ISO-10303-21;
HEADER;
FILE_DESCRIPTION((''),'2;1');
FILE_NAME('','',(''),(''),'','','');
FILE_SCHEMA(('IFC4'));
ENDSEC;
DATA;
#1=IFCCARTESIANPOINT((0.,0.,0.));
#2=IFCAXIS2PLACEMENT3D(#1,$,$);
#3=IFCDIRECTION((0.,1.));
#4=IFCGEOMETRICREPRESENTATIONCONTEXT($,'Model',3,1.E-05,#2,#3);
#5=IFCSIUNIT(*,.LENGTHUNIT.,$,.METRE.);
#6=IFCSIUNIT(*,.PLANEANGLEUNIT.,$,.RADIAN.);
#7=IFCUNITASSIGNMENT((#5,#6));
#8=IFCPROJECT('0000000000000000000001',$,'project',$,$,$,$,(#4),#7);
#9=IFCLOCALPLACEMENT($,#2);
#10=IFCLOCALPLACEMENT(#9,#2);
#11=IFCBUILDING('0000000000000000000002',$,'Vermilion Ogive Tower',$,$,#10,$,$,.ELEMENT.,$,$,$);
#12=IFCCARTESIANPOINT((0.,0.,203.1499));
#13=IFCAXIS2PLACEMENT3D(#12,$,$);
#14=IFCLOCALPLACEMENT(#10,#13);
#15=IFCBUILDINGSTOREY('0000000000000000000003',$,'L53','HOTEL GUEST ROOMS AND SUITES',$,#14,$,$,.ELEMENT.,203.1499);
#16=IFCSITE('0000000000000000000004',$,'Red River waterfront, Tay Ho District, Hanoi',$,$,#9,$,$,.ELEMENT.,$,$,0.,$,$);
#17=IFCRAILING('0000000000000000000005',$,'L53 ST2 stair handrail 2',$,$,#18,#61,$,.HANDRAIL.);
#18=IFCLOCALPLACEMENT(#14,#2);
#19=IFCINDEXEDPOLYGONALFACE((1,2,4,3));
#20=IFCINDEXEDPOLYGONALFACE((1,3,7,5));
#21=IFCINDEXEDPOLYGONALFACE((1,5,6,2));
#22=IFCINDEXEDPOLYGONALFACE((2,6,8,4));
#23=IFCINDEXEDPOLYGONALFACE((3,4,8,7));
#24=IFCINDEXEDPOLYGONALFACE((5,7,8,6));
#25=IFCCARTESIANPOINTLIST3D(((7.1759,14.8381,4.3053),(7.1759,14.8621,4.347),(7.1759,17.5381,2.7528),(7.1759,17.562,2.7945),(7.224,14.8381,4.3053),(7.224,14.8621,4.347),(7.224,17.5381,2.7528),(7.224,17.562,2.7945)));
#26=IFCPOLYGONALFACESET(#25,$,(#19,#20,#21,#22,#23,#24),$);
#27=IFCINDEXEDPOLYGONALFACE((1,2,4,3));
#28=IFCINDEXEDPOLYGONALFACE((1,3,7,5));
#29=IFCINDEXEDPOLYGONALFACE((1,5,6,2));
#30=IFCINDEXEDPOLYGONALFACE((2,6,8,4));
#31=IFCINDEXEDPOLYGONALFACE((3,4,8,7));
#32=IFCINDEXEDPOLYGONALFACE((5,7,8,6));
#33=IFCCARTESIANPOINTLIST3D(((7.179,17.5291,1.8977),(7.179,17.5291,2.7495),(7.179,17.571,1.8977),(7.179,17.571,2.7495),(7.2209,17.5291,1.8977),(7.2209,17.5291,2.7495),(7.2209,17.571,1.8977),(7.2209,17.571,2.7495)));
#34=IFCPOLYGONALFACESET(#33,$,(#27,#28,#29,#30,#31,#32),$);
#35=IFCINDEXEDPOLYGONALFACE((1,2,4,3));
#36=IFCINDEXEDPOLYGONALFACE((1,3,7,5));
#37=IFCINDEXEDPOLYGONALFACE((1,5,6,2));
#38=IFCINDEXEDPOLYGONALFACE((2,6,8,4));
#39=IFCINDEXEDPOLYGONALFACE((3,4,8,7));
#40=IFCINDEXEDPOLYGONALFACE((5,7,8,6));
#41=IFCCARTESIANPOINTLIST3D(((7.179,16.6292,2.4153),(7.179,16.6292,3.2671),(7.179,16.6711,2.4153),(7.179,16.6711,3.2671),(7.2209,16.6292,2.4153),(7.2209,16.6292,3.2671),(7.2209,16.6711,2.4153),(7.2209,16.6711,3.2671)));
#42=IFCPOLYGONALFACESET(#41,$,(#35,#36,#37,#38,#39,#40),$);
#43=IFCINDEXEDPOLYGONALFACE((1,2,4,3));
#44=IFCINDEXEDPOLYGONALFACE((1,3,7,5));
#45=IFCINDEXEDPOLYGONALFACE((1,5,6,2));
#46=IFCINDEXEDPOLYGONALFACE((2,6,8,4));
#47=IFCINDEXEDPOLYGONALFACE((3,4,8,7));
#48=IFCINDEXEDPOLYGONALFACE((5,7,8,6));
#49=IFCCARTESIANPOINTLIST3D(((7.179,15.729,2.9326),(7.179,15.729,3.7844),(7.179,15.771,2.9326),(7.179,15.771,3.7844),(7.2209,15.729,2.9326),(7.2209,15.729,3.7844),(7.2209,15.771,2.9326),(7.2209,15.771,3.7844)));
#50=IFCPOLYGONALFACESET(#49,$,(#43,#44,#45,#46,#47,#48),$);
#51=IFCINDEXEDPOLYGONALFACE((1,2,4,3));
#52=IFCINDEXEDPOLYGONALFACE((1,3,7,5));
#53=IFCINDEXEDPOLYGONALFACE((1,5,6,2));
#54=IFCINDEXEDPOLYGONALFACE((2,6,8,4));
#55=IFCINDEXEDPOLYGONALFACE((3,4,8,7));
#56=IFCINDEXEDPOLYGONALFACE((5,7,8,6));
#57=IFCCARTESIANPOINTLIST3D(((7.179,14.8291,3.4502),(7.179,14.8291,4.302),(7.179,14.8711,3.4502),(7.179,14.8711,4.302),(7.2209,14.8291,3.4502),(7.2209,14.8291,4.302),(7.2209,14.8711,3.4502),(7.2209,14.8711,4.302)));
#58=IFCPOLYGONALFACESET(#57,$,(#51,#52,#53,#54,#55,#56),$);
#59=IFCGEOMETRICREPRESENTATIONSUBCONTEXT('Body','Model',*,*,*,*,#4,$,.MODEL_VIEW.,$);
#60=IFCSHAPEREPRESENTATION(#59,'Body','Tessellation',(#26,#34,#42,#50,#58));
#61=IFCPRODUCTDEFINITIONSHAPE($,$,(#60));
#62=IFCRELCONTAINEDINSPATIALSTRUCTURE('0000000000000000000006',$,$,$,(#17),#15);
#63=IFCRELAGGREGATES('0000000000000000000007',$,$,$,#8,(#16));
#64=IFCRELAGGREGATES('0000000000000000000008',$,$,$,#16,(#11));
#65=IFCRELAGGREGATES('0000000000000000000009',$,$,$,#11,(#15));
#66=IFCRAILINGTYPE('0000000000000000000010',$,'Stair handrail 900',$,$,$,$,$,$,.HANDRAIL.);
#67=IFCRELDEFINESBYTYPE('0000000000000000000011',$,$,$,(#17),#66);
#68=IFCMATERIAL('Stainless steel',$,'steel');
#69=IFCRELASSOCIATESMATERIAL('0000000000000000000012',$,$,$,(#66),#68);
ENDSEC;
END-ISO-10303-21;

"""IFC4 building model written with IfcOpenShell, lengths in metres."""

from ifc_helpers import new_model, si_unit, direction, frame, origin, origin_2d, place, context, subcontext, project, spatial, rectangle, extrude, material, type_object, element, save


model = new_model("IFC4")

# Units and contexts
model_context = context("Model", 3, precision=1e-05, world=origin(), true_north=direction((0.0, 1.0)))
body_context = subcontext(model_context, "Body", "Model", "MODEL_VIEW")
ifc_project = project(units=[si_unit("LENGTHUNIT", "METRE"), si_unit("PLANEANGLEUNIT", "RADIAN")], contexts=[model_context])

# Site, building, storey
site_placement = place(None, origin())
site = spatial("IfcSite", under=ifc_project, at=site_placement, Name="Red River waterfront, Tay Ho District, Hanoi", CompositionType="ELEMENT", RefElevation=0.0)
building_placement = place(site_placement, origin())
building = spatial("IfcBuilding", under=site, at=building_placement, Name="Vermilion Ogive Tower", CompositionType="ELEMENT")
storey_placement = place(building_placement, frame((0.0, 0.0, 203.1499)))
storey = spatial("IfcBuildingStorey", under=building, at=storey_placement, Name="L53", Description="HOTEL GUEST ROOMS AND SUITES", CompositionType="ELEMENT", Elevation=203.1499)

# Railing
ifc_material_1 = material(Name="Stainless steel", Category="steel")
railing_type_1 = type_object("IfcRailingType", Name="Stair handrail 900", PredefinedType="HANDRAIL", material=ifc_material_1)
railing_1_placement = place(storey_placement, frame((7.2, 17.55, 1.8977)))
element("IfcRailing", 1, at=railing_1_placement, inside=storey, type_object=railing_type_1, Name="L53 ST2 stair handrail 2", PredefinedType="HANDRAIL", context=body_context, shape_type="SweptSolid", body=[
    extrude(rectangle(XDim=0.0481, YDim=0.0481, at=origin_2d()), frame((0.0, 0.0, 0.876), z_axis=(0.0, -0.866904, 0.498476), x_axis=(1.0, 0.0, 0.0)), (0.0, 0.0, 1.0), 3.1145),
    extrude(rectangle(XDim=0.042, YDim=0.042, at=origin_2d()), origin(), (0.0, 0.0, 1.0), 0.8518),
    extrude(rectangle(XDim=0.042, YDim=0.042, at=origin_2d()), frame((0.0, -0.8999, 0.5176)), (0.0, 0.0, 1.0), 0.8518),
    extrude(rectangle(XDim=0.042, YDim=0.042, at=origin_2d()), frame((0.0, -1.8, 1.0349)), (0.0, 0.0, 1.0), 0.8518),
    extrude(rectangle(XDim=0.042, YDim=0.042, at=origin_2d()), frame((0.0, -2.7, 1.5525)), (0.0, 0.0, 1.0), 0.8518),
])

save(model, "model.ifc")
